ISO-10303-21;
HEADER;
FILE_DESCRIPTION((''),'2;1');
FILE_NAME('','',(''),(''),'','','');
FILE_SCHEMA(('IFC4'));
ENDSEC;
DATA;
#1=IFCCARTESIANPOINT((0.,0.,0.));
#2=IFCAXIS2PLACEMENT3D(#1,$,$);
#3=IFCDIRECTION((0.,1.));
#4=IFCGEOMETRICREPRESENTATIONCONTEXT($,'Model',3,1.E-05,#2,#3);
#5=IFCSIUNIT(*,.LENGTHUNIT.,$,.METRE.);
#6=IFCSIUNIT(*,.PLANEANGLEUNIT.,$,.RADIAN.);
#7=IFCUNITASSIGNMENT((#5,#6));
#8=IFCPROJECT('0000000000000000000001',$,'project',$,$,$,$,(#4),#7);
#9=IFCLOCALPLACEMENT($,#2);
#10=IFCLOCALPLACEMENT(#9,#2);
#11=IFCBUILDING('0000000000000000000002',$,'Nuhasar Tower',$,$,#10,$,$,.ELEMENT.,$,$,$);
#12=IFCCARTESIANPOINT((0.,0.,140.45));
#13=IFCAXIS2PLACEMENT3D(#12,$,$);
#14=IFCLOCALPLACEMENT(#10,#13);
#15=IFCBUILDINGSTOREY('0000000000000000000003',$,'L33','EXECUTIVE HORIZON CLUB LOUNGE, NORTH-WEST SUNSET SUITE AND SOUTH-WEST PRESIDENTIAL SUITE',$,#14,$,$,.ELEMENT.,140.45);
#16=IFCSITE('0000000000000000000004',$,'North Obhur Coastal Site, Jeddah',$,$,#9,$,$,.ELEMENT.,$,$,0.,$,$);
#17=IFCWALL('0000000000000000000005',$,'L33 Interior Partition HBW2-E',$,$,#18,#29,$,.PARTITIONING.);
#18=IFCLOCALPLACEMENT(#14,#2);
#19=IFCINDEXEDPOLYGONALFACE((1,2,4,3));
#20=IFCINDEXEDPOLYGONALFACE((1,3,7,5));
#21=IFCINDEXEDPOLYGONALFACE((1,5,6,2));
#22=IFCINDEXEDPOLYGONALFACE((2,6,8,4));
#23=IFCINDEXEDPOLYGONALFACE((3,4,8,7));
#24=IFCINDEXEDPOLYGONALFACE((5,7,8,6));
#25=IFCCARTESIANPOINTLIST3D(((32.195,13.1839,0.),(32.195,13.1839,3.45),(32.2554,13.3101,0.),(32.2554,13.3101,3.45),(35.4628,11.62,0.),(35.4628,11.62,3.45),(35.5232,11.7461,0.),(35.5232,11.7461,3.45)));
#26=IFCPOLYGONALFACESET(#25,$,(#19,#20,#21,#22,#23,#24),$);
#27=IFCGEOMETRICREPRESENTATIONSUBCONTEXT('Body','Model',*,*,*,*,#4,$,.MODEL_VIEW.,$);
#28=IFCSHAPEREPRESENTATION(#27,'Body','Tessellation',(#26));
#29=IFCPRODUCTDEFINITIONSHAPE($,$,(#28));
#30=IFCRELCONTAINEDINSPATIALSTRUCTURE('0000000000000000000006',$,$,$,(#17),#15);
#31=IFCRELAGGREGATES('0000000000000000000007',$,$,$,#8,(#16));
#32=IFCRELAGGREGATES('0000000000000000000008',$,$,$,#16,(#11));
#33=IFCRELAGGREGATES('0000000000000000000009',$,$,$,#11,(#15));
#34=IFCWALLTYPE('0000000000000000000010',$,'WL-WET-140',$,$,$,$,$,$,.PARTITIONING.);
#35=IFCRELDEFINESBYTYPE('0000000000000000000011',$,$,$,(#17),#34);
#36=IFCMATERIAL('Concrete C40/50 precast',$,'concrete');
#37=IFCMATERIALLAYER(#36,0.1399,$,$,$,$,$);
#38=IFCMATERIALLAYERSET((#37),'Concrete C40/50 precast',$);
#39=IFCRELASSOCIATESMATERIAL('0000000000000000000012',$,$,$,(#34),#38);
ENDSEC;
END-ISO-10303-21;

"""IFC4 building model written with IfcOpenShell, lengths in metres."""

from ifc_helpers import new_model, si_unit, direction, frame, frame_2d, origin, place, context, subcontext, project, spatial, rectangle, extrude, material, layer, layer_set, type_object, element, save


model = new_model("IFC4")

# Units and contexts
model_context = context("Model", 3, precision=1e-05, world=origin(), true_north=direction((0.0, 1.0)))
body_context = subcontext(model_context, "Body", "Model", "MODEL_VIEW")
ifc_project = project(units=[si_unit("LENGTHUNIT", "METRE"), si_unit("PLANEANGLEUNIT", "RADIAN")], contexts=[model_context])

# Site, building, storey
site_placement = place(None, origin())
site = spatial("IfcSite", under=ifc_project, at=site_placement, Name="North Obhur Coastal Site, Jeddah", CompositionType="ELEMENT", RefElevation=0.0)
building_placement = place(site_placement, origin())
building = spatial("IfcBuilding", under=site, at=building_placement, Name="Nuhasar Tower", CompositionType="ELEMENT")
storey_placement = place(building_placement, frame((0.0, 0.0, 140.45)))
storey = spatial("IfcBuildingStorey", under=building, at=storey_placement, Name="L33", Description="EXECUTIVE HORIZON CLUB LOUNGE, NORTH-WEST SUNSET SUITE AND SOUTH-WEST PRESIDENTIAL SUITE", CompositionType="ELEMENT", Elevation=140.45)

# Shared definitions
ifc_material_1 = material(Name="Concrete C40/50 precast", Category="concrete")
ifc_layer_1 = layer(ifc_material_1, 0.1399)
ifc_layer_set_1 = layer_set([ifc_layer_1], Name="Concrete C40/50 precast")
wall_type_1 = type_object("IfcWallType", Name="WL-WET-140", PredefinedType="PARTITIONING", material=ifc_layer_set_1)

# Wall
wall_1_placement = place(storey_placement, frame((32.2251, 13.2471, 0.0), z_axis=(0.0, 0.0, 1.0), x_axis=(0.902017, -0.431701, 0.0)))
element("IfcWall", 1, at=wall_1_placement, inside=storey, type_object=wall_type_1, Name="L33 Interior Partition HBW2-E", PredefinedType="PARTITIONING", context=body_context, shape_type="SweptSolid", body=[
    extrude(rectangle(XDim=3.6228, YDim=0.1399, at=frame_2d((1.8115, 0.0))), origin(), (0.0, 0.0, 1.0), 3.45),
])

save(model, "model.ifc")
